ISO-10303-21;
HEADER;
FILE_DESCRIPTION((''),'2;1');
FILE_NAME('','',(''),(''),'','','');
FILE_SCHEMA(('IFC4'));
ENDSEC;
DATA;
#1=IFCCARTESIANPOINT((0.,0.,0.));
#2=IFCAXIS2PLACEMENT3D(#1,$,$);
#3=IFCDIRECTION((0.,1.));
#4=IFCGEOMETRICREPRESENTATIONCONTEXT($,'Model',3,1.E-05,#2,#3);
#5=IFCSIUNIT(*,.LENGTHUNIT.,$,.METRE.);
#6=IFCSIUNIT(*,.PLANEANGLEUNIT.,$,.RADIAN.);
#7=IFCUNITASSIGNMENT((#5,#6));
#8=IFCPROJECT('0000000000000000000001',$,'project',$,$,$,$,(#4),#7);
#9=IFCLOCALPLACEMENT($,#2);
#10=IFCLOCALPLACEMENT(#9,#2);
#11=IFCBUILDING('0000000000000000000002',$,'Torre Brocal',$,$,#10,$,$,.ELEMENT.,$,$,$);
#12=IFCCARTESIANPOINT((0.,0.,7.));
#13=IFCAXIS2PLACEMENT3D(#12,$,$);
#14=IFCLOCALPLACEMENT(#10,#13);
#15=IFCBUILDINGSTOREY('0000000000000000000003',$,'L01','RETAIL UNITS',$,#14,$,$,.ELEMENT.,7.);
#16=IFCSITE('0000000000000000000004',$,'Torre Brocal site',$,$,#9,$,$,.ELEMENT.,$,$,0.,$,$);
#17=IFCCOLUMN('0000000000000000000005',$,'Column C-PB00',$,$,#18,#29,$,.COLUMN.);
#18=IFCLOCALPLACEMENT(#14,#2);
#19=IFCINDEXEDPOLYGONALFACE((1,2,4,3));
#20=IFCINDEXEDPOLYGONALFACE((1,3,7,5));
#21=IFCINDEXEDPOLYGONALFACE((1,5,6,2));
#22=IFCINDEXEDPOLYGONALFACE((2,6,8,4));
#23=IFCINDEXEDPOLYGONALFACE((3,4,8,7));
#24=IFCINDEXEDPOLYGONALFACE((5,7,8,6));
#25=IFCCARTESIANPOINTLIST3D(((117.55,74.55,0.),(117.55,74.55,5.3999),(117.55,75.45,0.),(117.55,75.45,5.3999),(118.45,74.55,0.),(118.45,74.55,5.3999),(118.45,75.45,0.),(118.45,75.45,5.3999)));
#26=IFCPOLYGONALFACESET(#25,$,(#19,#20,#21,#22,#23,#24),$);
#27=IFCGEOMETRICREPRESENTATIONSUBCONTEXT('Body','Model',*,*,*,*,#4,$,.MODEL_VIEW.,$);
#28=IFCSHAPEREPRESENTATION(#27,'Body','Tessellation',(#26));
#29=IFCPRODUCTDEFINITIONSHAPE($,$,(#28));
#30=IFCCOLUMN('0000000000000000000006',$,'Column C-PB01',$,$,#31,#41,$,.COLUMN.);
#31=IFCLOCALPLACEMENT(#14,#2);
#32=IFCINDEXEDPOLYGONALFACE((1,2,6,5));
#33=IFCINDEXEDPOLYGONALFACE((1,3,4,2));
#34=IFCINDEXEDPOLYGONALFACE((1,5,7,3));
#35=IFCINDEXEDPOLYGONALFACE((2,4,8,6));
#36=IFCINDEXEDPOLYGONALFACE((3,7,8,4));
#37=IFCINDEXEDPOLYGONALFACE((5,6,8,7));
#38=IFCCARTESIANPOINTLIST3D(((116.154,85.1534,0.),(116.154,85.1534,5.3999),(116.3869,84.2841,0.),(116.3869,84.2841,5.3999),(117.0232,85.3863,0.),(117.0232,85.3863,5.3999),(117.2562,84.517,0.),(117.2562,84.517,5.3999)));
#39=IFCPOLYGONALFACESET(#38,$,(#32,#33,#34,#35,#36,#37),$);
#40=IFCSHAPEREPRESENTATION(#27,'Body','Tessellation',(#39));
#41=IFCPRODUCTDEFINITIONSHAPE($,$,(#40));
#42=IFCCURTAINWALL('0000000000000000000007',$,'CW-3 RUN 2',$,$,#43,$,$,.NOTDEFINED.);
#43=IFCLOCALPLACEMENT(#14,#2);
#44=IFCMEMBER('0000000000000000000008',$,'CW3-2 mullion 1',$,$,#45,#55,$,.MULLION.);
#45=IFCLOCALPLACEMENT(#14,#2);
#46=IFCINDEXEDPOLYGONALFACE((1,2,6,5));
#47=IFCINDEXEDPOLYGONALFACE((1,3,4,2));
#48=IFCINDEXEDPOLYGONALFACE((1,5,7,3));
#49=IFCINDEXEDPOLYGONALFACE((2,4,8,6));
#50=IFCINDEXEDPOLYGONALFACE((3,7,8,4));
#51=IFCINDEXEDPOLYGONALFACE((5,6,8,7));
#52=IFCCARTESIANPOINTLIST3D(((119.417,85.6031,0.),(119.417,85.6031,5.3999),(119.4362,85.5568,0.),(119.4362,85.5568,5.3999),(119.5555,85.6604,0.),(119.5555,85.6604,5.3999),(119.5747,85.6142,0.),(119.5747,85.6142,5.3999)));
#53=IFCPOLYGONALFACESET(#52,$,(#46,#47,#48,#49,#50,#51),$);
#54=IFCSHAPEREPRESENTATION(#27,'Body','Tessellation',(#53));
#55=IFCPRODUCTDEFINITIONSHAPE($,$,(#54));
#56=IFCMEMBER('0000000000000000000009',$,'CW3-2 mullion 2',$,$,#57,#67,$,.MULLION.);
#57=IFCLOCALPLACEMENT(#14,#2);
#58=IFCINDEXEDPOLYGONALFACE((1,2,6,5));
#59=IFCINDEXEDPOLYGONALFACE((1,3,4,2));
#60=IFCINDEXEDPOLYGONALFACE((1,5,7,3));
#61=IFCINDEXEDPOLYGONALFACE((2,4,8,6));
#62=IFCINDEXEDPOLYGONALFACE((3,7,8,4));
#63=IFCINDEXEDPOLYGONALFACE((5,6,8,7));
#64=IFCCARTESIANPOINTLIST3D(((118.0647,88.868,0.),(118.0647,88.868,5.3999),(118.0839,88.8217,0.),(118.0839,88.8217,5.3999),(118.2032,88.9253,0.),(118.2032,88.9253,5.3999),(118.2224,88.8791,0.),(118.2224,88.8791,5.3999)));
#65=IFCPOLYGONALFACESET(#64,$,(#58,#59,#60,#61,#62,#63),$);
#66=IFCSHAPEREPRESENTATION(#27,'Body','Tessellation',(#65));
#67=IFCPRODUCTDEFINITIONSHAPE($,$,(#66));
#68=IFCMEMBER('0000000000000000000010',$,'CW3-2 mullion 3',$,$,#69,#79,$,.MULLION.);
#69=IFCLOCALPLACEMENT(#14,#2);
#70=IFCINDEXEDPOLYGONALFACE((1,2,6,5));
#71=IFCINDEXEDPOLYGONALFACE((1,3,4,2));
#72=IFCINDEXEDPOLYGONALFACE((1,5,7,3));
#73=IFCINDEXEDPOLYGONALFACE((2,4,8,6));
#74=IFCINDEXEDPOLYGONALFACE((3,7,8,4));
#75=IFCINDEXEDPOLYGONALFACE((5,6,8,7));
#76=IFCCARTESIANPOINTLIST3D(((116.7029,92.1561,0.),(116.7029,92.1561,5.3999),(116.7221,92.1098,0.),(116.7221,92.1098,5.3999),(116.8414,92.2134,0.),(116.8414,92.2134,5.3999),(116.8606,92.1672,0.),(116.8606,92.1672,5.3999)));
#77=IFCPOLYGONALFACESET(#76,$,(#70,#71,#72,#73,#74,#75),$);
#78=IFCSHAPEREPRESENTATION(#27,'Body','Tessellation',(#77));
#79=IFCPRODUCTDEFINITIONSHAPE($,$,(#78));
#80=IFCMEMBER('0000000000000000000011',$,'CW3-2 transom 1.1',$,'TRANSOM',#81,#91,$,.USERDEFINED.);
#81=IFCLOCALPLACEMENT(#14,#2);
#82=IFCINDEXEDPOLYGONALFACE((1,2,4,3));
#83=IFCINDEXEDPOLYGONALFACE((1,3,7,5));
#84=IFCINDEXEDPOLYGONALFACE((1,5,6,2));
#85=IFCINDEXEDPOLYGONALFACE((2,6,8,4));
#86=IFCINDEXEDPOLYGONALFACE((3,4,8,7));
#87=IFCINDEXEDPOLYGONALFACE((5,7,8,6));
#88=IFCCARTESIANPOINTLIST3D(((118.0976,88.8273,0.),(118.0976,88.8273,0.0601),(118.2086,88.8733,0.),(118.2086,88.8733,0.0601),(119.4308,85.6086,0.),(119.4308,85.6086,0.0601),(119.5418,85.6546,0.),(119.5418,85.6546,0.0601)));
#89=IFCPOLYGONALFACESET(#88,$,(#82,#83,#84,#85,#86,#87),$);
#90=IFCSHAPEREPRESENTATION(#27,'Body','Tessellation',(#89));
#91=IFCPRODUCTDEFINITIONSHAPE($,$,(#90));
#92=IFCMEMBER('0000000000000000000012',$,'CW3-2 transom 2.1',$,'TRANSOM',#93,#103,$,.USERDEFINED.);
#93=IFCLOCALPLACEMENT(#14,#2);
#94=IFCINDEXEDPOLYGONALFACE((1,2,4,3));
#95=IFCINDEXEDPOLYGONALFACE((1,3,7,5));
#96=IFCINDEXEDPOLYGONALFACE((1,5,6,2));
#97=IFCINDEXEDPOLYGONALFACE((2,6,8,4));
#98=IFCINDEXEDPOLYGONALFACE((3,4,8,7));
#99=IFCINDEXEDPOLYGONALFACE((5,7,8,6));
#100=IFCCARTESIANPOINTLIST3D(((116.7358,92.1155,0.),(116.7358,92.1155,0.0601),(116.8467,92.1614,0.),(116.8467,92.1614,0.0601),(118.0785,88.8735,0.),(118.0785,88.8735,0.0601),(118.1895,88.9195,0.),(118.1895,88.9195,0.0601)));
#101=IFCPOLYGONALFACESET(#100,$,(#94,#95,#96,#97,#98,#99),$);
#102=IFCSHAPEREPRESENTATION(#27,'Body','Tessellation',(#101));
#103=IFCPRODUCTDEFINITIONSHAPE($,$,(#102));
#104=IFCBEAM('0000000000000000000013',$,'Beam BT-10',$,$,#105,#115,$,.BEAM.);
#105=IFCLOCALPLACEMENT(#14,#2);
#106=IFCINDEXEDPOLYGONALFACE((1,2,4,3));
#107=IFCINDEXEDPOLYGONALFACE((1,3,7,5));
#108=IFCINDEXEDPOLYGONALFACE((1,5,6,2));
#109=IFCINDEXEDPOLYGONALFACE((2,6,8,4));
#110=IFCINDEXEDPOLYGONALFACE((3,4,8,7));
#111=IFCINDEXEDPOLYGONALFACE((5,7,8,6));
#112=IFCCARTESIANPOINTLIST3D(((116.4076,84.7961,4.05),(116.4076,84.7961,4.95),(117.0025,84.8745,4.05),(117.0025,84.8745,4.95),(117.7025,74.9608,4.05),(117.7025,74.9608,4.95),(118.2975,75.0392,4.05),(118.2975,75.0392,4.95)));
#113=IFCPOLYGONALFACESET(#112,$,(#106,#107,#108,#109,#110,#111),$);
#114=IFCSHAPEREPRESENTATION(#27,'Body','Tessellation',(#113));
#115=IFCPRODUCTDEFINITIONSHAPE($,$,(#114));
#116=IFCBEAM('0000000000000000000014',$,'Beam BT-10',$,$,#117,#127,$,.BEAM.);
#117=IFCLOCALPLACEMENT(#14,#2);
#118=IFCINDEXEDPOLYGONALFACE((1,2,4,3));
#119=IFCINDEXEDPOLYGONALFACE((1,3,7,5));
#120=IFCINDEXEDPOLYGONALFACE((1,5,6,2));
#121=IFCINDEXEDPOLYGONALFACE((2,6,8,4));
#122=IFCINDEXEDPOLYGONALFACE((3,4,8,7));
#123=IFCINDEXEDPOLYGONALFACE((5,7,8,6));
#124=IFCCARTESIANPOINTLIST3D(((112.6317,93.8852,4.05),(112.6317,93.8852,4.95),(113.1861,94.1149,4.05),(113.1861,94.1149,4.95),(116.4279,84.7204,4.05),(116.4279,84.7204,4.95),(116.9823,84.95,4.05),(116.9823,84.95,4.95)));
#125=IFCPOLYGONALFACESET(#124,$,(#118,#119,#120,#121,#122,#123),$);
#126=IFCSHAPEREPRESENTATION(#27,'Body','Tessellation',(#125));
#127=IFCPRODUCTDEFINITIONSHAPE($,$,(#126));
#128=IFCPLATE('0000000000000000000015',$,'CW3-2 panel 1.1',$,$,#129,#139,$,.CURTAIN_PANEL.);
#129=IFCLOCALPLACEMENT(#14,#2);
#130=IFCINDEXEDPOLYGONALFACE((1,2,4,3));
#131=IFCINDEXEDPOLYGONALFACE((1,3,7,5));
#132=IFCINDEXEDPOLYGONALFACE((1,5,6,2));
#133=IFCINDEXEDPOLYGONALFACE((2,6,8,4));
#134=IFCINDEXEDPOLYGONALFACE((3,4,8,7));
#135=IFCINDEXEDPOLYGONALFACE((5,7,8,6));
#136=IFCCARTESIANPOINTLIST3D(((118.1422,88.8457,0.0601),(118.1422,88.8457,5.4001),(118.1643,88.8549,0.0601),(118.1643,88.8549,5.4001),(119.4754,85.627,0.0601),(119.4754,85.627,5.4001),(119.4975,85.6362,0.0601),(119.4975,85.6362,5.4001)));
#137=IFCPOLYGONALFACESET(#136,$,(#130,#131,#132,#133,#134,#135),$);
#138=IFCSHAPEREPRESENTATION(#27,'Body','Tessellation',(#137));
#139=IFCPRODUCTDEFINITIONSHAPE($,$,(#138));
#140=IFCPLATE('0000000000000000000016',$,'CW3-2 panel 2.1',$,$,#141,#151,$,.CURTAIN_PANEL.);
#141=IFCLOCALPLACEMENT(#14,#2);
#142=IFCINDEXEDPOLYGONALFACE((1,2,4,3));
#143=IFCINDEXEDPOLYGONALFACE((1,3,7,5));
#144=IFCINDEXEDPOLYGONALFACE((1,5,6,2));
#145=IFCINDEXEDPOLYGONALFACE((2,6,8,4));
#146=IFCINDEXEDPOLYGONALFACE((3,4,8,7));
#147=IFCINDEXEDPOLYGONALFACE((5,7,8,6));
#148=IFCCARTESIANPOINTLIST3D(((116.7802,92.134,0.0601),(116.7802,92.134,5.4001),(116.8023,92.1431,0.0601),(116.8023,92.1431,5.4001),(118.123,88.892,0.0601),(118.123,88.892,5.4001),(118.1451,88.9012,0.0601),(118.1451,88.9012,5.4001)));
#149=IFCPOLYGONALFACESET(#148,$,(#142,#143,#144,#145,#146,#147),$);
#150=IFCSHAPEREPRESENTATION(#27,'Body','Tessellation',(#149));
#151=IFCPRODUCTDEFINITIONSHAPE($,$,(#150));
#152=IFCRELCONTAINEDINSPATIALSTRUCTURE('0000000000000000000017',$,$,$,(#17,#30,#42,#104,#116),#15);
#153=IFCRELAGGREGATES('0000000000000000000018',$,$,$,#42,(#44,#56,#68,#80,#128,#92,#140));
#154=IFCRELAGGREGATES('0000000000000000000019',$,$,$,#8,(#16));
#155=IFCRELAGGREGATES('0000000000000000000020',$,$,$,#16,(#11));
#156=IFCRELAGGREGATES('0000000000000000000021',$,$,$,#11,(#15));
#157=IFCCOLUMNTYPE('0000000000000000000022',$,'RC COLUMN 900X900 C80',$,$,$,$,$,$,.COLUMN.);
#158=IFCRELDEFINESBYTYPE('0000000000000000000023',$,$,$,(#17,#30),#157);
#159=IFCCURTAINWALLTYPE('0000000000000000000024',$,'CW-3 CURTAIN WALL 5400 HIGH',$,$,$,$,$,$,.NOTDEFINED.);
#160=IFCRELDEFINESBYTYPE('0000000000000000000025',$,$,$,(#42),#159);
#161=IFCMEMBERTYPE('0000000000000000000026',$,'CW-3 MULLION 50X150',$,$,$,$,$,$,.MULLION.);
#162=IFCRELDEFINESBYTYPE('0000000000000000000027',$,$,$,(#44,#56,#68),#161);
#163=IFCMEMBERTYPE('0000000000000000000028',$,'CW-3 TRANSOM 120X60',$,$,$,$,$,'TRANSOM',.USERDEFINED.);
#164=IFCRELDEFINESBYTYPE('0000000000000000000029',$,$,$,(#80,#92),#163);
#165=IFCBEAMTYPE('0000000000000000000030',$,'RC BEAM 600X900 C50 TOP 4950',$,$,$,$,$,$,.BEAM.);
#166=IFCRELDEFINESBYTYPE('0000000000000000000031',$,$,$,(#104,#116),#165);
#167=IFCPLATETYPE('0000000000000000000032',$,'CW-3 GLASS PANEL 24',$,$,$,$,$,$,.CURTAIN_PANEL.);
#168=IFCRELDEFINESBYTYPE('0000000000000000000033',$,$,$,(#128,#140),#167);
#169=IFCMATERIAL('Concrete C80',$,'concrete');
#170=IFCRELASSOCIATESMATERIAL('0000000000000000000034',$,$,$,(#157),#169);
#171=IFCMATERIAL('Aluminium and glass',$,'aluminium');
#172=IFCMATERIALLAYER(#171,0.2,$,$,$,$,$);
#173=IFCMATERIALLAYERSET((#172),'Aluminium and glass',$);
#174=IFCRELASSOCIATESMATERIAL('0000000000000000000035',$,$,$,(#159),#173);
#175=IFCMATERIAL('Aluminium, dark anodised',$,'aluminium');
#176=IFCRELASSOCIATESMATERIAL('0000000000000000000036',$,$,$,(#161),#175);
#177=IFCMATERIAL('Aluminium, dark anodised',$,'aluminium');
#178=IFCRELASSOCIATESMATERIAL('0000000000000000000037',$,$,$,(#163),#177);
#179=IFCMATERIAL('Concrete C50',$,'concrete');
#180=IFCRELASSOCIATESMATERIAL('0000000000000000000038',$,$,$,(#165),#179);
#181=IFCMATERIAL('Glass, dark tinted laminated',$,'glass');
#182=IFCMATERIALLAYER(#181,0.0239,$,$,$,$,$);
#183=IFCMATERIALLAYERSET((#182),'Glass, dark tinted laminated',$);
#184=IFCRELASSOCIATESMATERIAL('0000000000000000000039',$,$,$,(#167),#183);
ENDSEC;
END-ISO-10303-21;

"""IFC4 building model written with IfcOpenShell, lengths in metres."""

from ifc_helpers import new_model, si_unit, direction, frame, origin, origin_2d, place, context, subcontext, project, spatial, rectangle, extrude, material, layer, layer_set, material_profile, profile_set, type_object, element, aggregate, save


model = new_model("IFC4")

# Units and contexts
model_context = context("Model", 3, precision=1e-05, world=origin(), true_north=direction((0.0, 1.0)))
body_context = subcontext(model_context, "Body", "Model", "MODEL_VIEW")
ifc_project = project(units=[si_unit("LENGTHUNIT", "METRE"), si_unit("PLANEANGLEUNIT", "RADIAN")], contexts=[model_context])

# Site, building, storey
site_placement = place(None, origin())
site = spatial("IfcSite", under=ifc_project, at=site_placement, Name="Torre Brocal site", CompositionType="ELEMENT", RefElevation=0.0)
building_placement = place(site_placement, origin())
building = spatial("IfcBuilding", under=site, at=building_placement, Name="Torre Brocal", CompositionType="ELEMENT")
storey_placement = place(building_placement, frame((0.0, 0.0, 7.0)))
storey = spatial("IfcBuildingStorey", under=building, at=storey_placement, Name="L01", Description="RETAIL UNITS", CompositionType="ELEMENT", Elevation=7.0)

# Columns
ifc_material_1 = material(Name="Concrete C80", Category="concrete")
ifc_material_profile_1 = material_profile(ifc_material_1, rectangle(XDim=0.8999, YDim=0.8999, at=origin_2d()), Name="RC 900X900")
ifc_profile_set_1 = profile_set([ifc_material_profile_1], Name="Concrete C80")
column_type = type_object("IfcColumnType", Name="RC COLUMN 900X900 C80", PredefinedType="COLUMN", material=ifc_profile_set_1)
for number, where, z_axis, x_axis, name in (
    (1, (118.0, 75.0, 0.0), (0.0, 0.0, 1.0), (1.0, 0.0, 0.0), "Column C-PB00"),
    (2, (116.7051, 84.8352, 0.0), (0.0, 0.0, 1.0), (0.965926, 0.258819, 0.0), "Column C-PB01"),
):
    element("IfcColumn", number, at=place(storey_placement, frame(where, z_axis=z_axis, x_axis=x_axis)), inside=storey, type_object=column_type, Name=name, PredefinedType="COLUMN", context=body_context, shape_type="SweptSolid", body=[
        extrude(rectangle(XDim=0.8999, YDim=0.8999, at=origin_2d()), origin(), (0.0, 0.0, 1.0), 5.3999),
    ])

# Curtain wall, members
ifc_material_2 = material(Name="Aluminium and glass", Category="aluminium")
ifc_layer_1 = layer(ifc_material_2, 0.2)
ifc_layer_set_1 = layer_set([ifc_layer_1], Name="Aluminium and glass")
curtain_wall_type = type_object("IfcCurtainWallType", Name="CW-3 CURTAIN WALL 5400 HIGH", PredefinedType="NOTDEFINED", material=ifc_layer_set_1)
curtain_wall_placement = place(storey_placement, origin())
curtain_wall = element("IfcCurtainWall", 3, at=curtain_wall_placement, inside=storey, type_object=curtain_wall_type, Name="CW-3 RUN 2", PredefinedType="NOTDEFINED")
ifc_material_3 = material(Name="Aluminium, dark anodised", Category="aluminium")
ifc_material_profile_2 = material_profile(ifc_material_3, rectangle(XDim=0.1499, YDim=0.05, at=origin_2d()), Name="CW-3 MULLION 50X150")
ifc_profile_set_2 = profile_set([ifc_material_profile_2], Name="Aluminium, dark anodised")
member_type_1 = type_object("IfcMemberType", Name="CW-3 MULLION 50X150", PredefinedType="MULLION", material=ifc_profile_set_2)
member_1_placement = place(storey_placement, frame((119.4958, 85.6086, 0.0), z_axis=(0.0, 0.0, 1.0), x_axis=(-0.92388, -0.382683, 0.0)))
member_1 = element("IfcMember", 4, at=member_1_placement, type_object=member_type_1, Name="CW3-2 mullion 1", PredefinedType="MULLION", context=body_context, shape_type="SweptSolid", body=[
    extrude(rectangle(XDim=0.1499, YDim=0.05, at=origin_2d()), origin(), (0.0, 0.0, 1.0), 5.3999),
])
member_2_placement = place(storey_placement, frame((118.1436, 88.8735, 0.0), z_axis=(0.0, 0.0, 1.0), x_axis=(-0.92388, -0.382683, 0.0)))
member_2 = element("IfcMember", 5, at=member_2_placement, type_object=member_type_1, Name="CW3-2 mullion 2", PredefinedType="MULLION", context=body_context, shape_type="SweptSolid", body=[
    extrude(rectangle(XDim=0.1499, YDim=0.05, at=origin_2d()), origin(), (0.0, 0.0, 1.0), 5.3999),
])
member_3_placement = place(storey_placement, frame((116.7817, 92.1616, 0.0), z_axis=(0.0, 0.0, 1.0), x_axis=(-0.92388, -0.382683, 0.0)))
member_3 = element("IfcMember", 6, at=member_3_placement, type_object=member_type_1, Name="CW3-2 mullion 3", PredefinedType="MULLION", context=body_context, shape_type="SweptSolid", body=[
    extrude(rectangle(XDim=0.1499, YDim=0.05, at=origin_2d()), origin(), (0.0, 0.0, 1.0), 5.3999),
])
ifc_material_4 = material(Name="Aluminium, dark anodised", Category="aluminium")
ifc_material_profile_3 = material_profile(ifc_material_4, rectangle(XDim=0.1201, YDim=0.0601, at=origin_2d()), Name="CW-3 TRANSOM 120X60")
ifc_profile_set_3 = profile_set([ifc_material_profile_3], Name="Aluminium, dark anodised")
member_type_2 = type_object("IfcMemberType", Name="CW-3 TRANSOM 120X60", ElementType="TRANSOM", PredefinedType="USERDEFINED", material=ifc_profile_set_3)
member_4_placement = place(storey_placement, frame((119.4863, 85.6316, 0.03), z_axis=(-0.382684, 0.923879, 0.0), x_axis=(-0.923879, -0.382684, 0.0)))
member_4 = element("IfcMember", 7, at=member_4_placement, type_object=member_type_2, Name="CW3-2 transom 1.1", ObjectType="TRANSOM", PredefinedType="USERDEFINED", context=body_context, shape_type="SweptSolid", body=[
    extrude(rectangle(XDim=0.1201, YDim=0.0601, at=origin_2d()), origin(), (0.0, 0.0, 1.0), 3.4839),
])
member_5_placement = place(storey_placement, frame((118.134, 88.8965, 0.03), z_axis=(-0.382663, 0.923888, 0.0), x_axis=(-0.923888, -0.382663, 0.0)))
member_5 = element("IfcMember", 8, at=member_5_placement, type_object=member_type_2, Name="CW3-2 transom 2.1", ObjectType="TRANSOM", PredefinedType="USERDEFINED", context=body_context, shape_type="SweptSolid", body=[
    extrude(rectangle(XDim=0.1201, YDim=0.0601, at=origin_2d()), origin(), (0.0, 0.0, 1.0), 3.509),
])

# Beams
ifc_material_5 = material(Name="Concrete C50", Category="concrete")
ifc_material_profile_4 = material_profile(ifc_material_5, rectangle(XDim=0.6001, YDim=0.8999, at=origin_2d()), Name="RC 600X900")
ifc_profile_set_4 = profile_set([ifc_material_profile_4], Name="Concrete C50")
beam_type = type_object("IfcBeamType", Name="RC BEAM 600X900 C50 TOP 4950", PredefinedType="BEAM", material=ifc_profile_set_4)
beam_1_placement = place(storey_placement, frame((118.0, 75.0, 4.5), z_axis=(-0.130535, 0.991444, 0.0), x_axis=(-0.991444, -0.130535, 0.0)))
element("IfcBeam", 9, at=beam_1_placement, inside=storey, type_object=beam_type, Name="Beam BT-10", PredefinedType="BEAM", context=body_context, shape_type="SweptSolid", body=[
    extrude(rectangle(XDim=0.6001, YDim=0.8999, at=origin_2d()), origin(), (0.0, 0.0, 1.0), 9.9202),
])
beam_2_placement = place(storey_placement, frame((116.7051, 84.8352, 4.5), z_axis=(-0.38268, 0.923881, 0.0), x_axis=(-0.923881, -0.38268, 0.0)))
element("IfcBeam", 10, at=beam_2_placement, inside=storey, type_object=beam_type, Name="Beam BT-10", PredefinedType="BEAM", context=body_context, shape_type="SweptSolid", body=[
    extrude(rectangle(XDim=0.6001, YDim=0.8999, at=origin_2d()), origin(), (0.0, 0.0, 1.0), 9.9199),
])

# Plates
ifc_material_6 = material(Name="Glass, dark tinted laminated", Category="glass")
ifc_layer_2 = layer(ifc_material_6, 0.0239)
ifc_layer_set_2 = layer_set([ifc_layer_2], Name="Glass, dark tinted laminated")
plate_type = type_object("IfcPlateType", Name="CW-3 GLASS PANEL 24", PredefinedType="CURTAIN_PANEL", material=ifc_layer_set_2)
plate_1_placement = place(storey_placement, frame((118.8198, 87.241, 0.0601), z_axis=(0.0, 0.0, 1.0), x_axis=(-0.382683, 0.92388, 0.0)))
plate_1 = element("IfcPlate", 11, at=plate_1_placement, type_object=plate_type, Name="CW3-2 panel 1.1", PredefinedType="CURTAIN_PANEL", context=body_context, shape_type="SweptSolid", body=[
    extrude(rectangle(XDim=3.4839, YDim=0.0239, at=origin_2d()), origin(), (0.0, 0.0, 1.0), 5.3401),
])
plate_2_placement = place(storey_placement, frame((117.4626, 90.5176, 0.0601), z_axis=(0.0, 0.0, 1.0), x_axis=(-0.382683, 0.92388, 0.0)))
plate_2 = element("IfcPlate", 12, at=plate_2_placement, type_object=plate_type, Name="CW3-2 panel 2.1", PredefinedType="CURTAIN_PANEL", context=body_context, shape_type="SweptSolid", body=[
    extrude(rectangle(XDim=3.509, YDim=0.0239, at=origin_2d()), origin(), (0.0, 0.0, 1.0), 5.3401),
])
aggregate(curtain_wall, [member_1, member_2, member_3, member_4, plate_1, member_5, plate_2])

save(model, "model.ifc")
